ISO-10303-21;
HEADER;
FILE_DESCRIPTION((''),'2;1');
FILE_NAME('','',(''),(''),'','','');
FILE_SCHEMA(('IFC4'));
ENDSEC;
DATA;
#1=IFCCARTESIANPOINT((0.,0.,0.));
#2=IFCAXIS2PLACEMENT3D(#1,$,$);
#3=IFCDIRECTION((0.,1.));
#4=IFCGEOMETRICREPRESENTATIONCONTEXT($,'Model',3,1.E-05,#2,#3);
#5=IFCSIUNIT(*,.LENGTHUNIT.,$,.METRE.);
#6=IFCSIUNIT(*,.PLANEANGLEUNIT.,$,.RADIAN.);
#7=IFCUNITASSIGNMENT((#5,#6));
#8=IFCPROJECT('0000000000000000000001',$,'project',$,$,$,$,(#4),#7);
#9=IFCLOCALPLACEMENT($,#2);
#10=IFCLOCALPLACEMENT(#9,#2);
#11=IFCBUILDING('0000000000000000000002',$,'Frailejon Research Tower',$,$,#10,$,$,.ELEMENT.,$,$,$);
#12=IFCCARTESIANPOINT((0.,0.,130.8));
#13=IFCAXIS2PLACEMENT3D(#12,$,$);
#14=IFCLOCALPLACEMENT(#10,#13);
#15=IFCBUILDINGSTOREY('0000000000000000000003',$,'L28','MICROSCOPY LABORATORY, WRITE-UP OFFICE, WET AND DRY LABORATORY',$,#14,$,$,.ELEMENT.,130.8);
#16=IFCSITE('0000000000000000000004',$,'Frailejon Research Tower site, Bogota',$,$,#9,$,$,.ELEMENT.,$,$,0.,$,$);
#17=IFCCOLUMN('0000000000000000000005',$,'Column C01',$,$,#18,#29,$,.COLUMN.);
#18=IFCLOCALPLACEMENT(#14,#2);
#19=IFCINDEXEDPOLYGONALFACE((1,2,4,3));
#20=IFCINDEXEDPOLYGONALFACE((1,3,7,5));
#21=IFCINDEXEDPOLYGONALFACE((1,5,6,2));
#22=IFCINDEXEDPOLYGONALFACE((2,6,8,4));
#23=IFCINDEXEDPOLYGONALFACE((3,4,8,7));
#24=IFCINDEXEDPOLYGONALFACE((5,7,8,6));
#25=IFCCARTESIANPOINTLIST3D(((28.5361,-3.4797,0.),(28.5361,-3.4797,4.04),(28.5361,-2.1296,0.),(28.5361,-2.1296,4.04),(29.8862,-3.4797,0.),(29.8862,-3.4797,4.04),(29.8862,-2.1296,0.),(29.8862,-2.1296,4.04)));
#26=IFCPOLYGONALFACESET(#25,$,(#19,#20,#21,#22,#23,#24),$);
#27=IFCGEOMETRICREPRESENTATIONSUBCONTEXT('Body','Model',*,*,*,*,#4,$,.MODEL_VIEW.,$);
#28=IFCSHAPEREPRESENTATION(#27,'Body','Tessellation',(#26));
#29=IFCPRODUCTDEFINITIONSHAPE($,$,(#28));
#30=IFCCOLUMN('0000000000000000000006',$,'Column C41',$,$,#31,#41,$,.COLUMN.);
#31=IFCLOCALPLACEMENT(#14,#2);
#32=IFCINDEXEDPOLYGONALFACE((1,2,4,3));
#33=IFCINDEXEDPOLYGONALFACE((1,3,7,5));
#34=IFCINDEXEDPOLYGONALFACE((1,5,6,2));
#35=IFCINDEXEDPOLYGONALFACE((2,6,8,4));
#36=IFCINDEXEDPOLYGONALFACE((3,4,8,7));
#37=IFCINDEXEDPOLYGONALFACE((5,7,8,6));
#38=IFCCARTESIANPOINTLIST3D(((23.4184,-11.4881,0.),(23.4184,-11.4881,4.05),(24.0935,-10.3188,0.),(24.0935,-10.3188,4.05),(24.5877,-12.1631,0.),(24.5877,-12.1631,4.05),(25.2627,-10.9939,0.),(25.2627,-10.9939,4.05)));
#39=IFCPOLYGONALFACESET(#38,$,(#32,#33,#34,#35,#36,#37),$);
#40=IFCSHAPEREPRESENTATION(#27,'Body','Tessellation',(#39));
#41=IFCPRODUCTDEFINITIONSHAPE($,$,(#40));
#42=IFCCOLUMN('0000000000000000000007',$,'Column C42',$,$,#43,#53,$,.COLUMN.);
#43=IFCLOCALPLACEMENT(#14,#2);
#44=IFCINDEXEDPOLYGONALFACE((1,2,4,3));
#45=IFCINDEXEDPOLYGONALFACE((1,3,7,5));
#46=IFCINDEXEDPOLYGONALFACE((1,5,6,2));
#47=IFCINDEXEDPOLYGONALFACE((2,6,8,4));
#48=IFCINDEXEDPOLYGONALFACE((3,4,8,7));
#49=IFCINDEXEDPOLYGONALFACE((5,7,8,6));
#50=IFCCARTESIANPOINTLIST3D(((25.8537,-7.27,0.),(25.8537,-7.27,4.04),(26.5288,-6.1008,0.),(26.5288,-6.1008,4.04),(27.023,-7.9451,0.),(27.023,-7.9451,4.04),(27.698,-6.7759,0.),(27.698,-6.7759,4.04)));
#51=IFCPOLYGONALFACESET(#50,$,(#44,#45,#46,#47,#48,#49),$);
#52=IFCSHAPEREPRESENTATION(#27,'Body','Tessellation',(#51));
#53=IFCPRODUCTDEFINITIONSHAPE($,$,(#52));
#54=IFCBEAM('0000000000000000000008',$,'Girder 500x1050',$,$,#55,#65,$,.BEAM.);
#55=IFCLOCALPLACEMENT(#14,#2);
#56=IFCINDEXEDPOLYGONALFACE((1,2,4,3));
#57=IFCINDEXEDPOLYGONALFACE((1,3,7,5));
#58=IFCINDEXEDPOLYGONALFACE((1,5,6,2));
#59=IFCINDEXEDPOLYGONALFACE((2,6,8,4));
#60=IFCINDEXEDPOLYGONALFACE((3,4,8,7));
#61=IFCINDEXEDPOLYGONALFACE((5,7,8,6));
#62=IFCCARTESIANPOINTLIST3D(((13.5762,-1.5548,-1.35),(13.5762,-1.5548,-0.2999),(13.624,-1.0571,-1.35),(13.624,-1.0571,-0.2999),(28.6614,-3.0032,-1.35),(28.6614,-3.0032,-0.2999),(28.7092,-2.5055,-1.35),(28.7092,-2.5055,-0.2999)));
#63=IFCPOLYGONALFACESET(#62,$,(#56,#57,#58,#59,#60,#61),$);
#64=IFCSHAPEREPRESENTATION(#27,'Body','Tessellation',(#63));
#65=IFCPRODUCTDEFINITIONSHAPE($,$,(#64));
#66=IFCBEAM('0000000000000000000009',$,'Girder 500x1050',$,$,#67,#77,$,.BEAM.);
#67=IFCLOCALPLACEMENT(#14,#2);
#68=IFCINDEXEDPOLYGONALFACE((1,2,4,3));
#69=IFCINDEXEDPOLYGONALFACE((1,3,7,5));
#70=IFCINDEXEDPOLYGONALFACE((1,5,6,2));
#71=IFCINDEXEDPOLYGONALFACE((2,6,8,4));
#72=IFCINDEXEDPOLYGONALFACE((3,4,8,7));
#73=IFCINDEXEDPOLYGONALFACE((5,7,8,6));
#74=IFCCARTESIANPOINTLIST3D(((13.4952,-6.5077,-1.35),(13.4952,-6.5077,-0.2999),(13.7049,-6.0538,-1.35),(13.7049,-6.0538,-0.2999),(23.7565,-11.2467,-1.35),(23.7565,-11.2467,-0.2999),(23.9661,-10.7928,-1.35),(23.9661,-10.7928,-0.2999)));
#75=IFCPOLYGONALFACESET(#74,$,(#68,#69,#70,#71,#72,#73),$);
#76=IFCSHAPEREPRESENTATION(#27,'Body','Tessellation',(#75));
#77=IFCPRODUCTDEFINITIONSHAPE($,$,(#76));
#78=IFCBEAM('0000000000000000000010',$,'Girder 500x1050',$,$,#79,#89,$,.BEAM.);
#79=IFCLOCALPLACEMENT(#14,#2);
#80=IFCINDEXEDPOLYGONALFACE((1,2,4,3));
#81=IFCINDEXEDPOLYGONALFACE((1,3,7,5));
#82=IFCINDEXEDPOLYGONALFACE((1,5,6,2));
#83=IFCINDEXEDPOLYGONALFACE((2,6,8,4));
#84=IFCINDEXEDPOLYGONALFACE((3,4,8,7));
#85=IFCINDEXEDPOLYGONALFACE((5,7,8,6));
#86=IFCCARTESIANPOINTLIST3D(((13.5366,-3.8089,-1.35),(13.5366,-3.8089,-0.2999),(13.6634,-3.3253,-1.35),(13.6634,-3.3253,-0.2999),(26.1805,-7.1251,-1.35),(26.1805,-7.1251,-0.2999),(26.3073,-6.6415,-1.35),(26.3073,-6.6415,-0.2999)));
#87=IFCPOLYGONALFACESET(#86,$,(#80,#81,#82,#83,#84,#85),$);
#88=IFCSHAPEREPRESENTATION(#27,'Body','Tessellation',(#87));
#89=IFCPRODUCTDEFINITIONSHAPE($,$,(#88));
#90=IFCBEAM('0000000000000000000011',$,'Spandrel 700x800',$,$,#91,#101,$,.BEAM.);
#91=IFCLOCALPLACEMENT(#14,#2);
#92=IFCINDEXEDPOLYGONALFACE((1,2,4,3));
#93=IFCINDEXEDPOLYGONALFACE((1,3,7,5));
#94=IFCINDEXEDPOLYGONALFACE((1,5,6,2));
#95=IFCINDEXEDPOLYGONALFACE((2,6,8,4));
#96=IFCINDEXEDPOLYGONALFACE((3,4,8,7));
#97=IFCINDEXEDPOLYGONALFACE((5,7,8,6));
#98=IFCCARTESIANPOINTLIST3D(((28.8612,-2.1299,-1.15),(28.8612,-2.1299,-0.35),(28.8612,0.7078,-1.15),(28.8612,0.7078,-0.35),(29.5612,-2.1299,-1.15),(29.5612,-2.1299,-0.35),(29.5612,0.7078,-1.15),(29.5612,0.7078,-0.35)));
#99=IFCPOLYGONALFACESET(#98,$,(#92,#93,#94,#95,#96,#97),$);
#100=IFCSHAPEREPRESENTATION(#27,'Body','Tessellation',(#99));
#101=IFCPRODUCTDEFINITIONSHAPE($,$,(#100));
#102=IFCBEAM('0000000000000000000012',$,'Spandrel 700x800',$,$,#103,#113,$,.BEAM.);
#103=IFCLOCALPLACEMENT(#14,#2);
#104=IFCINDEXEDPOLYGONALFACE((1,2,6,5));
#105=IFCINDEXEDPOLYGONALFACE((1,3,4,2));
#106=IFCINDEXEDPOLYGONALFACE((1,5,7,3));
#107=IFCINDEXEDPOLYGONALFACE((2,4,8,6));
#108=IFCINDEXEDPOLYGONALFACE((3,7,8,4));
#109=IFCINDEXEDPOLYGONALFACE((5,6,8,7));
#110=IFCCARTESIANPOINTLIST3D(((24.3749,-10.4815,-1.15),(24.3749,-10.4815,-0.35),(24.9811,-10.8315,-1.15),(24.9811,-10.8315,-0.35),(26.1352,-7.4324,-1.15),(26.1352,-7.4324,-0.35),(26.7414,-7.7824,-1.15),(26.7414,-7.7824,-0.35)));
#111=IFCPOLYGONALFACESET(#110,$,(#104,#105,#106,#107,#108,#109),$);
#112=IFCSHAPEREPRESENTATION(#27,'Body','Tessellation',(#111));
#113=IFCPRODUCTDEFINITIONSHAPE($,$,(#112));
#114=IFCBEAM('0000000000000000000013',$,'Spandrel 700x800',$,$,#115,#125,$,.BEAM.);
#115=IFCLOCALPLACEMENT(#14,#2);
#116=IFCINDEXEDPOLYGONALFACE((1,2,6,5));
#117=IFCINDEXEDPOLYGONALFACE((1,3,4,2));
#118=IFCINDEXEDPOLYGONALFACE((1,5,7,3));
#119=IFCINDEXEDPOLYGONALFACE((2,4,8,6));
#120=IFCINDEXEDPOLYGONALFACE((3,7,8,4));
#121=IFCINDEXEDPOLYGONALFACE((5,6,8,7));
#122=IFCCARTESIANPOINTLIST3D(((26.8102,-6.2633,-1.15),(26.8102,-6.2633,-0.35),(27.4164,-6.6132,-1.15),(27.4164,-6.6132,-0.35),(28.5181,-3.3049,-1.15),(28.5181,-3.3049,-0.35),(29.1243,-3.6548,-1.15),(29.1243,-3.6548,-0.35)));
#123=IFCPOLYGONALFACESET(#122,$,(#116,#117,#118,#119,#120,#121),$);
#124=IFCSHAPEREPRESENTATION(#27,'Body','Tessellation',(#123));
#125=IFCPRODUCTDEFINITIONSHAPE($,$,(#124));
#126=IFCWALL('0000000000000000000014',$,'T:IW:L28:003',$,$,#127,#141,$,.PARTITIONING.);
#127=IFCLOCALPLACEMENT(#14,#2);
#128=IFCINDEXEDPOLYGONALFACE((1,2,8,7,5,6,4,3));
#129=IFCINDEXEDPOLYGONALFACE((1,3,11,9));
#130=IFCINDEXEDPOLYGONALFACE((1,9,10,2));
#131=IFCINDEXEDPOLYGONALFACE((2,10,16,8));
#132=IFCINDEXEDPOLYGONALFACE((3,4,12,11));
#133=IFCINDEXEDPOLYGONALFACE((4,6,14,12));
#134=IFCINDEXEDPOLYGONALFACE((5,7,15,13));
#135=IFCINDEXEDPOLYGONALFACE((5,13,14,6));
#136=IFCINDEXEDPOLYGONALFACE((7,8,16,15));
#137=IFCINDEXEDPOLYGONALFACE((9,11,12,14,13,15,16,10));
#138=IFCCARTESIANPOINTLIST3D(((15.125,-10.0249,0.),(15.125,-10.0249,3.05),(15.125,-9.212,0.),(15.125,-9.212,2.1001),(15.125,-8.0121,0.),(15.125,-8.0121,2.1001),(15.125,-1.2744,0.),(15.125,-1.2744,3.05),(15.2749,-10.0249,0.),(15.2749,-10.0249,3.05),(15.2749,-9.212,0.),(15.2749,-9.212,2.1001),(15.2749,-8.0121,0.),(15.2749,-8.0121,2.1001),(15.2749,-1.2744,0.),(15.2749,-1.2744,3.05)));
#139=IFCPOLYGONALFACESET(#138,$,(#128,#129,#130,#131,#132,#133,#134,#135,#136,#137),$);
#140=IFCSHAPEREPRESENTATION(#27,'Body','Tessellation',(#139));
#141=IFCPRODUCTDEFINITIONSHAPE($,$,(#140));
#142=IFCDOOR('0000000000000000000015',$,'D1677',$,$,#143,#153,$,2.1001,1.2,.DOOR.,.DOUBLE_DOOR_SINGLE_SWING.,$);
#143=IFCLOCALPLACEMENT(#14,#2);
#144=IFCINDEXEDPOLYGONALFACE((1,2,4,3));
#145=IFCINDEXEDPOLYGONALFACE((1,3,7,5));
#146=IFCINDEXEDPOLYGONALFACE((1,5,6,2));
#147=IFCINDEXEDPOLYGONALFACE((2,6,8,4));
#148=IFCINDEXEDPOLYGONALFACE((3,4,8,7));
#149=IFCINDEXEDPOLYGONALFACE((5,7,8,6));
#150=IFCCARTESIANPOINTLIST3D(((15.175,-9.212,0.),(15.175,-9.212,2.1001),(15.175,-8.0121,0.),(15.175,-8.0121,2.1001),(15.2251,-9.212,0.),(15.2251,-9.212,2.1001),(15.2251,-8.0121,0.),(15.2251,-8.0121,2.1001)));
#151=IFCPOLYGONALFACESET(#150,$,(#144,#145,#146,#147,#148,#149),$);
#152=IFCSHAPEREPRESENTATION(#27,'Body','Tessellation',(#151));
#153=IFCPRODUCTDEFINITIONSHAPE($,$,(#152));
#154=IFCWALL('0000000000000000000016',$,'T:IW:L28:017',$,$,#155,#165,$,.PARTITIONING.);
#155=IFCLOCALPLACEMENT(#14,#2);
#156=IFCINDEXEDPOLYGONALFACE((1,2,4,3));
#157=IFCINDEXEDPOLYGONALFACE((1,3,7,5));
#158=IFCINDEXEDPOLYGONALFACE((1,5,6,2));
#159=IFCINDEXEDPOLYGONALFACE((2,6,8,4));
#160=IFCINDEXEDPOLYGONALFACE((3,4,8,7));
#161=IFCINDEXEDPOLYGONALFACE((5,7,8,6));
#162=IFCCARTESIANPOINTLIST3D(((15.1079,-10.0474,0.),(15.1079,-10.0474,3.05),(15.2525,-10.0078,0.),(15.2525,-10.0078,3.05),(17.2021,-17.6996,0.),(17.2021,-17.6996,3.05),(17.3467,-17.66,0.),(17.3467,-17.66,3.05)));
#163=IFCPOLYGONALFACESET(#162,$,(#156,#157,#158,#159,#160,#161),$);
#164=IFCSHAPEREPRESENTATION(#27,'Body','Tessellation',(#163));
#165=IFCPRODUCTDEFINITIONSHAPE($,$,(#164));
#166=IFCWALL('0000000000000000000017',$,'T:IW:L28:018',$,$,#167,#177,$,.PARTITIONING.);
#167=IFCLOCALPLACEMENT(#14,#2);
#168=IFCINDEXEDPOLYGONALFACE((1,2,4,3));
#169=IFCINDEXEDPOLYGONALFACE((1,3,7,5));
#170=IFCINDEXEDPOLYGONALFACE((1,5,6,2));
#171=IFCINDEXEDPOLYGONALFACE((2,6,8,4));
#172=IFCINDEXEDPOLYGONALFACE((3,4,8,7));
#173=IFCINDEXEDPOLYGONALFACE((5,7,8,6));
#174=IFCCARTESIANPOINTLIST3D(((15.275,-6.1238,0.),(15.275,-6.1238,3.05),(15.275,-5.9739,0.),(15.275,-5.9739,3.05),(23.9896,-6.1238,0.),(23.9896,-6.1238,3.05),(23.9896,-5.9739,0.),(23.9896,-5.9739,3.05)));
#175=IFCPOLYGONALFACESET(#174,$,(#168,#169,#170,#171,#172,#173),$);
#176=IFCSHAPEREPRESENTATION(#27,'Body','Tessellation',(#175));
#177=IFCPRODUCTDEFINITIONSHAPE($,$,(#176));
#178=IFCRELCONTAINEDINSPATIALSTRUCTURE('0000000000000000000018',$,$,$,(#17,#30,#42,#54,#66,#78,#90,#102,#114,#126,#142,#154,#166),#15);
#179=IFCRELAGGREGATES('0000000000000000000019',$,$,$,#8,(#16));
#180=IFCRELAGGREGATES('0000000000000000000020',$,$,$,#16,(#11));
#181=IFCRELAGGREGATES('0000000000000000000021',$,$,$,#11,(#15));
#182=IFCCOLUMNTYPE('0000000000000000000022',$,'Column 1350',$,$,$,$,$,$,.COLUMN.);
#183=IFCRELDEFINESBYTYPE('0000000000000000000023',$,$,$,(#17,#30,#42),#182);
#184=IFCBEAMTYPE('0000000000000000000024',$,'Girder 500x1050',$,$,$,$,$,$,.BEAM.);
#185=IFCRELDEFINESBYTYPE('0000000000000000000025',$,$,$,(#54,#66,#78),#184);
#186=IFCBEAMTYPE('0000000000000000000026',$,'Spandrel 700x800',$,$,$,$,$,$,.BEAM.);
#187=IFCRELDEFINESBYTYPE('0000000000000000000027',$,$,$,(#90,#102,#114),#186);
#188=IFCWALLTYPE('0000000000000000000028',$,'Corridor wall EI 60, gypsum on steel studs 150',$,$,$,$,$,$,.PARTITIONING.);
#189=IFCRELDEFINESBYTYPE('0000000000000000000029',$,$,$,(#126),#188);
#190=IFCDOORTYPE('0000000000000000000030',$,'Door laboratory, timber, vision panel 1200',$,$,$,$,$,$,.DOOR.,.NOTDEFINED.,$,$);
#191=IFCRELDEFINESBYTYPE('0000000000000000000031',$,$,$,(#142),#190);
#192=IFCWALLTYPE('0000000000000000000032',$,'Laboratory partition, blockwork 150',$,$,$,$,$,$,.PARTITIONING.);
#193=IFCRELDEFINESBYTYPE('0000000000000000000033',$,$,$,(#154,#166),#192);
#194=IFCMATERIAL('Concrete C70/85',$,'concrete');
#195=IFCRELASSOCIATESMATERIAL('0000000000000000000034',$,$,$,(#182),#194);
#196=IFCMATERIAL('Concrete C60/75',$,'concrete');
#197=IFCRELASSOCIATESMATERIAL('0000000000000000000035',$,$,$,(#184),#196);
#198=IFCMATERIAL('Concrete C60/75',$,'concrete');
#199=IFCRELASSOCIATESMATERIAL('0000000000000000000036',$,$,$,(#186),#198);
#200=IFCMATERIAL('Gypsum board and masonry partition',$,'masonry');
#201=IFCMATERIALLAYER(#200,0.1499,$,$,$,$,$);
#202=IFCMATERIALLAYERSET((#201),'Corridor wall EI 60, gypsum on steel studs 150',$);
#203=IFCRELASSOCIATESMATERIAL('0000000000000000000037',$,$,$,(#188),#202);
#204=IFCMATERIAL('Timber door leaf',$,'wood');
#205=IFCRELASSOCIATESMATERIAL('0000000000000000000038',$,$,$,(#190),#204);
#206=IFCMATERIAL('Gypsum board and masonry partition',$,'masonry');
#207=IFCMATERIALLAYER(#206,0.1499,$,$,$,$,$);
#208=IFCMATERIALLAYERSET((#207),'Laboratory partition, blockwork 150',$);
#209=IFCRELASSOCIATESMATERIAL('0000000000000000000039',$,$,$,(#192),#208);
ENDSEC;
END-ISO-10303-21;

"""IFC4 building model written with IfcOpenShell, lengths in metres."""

from ifc_helpers import new_model, si_unit, direction, frame, frame_2d, origin, origin_2d, place, context, subcontext, project, spatial, rectangle, extrude, material, layer, layer_set, material_profile, profile_set, type_object, element, fill, save


model = new_model("IFC4")

# Units and contexts
model_context = context("Model", 3, precision=1e-05, world=origin(), true_north=direction((0.0, 1.0)))
body_context = subcontext(model_context, "Body", "Model", "MODEL_VIEW")
ifc_project = project(units=[si_unit("LENGTHUNIT", "METRE"), si_unit("PLANEANGLEUNIT", "RADIAN")], contexts=[model_context])

# Site, building, storey
site_placement = place(None, origin())
site = spatial("IfcSite", under=ifc_project, at=site_placement, Name="Frailejon Research Tower site, Bogota", CompositionType="ELEMENT", RefElevation=0.0)
building_placement = place(site_placement, origin())
building = spatial("IfcBuilding", under=site, at=building_placement, Name="Frailejon Research Tower", CompositionType="ELEMENT")
storey_placement = place(building_placement, frame((0.0, 0.0, 130.8)))
storey = spatial("IfcBuildingStorey", under=building, at=storey_placement, Name="L28", Description="MICROSCOPY LABORATORY, WRITE-UP OFFICE, WET AND DRY LABORATORY", CompositionType="ELEMENT", Elevation=130.8)

# Columns
ifc_material_1 = material(Name="Concrete C70/85", Category="concrete")
ifc_material_profile_1 = material_profile(ifc_material_1, rectangle(XDim=1.3501, YDim=1.3501, at=origin_2d()), Name="Column 1350")
ifc_profile_set_1 = profile_set([ifc_material_profile_1], Name="Concrete C70/85")
column_type = type_object("IfcColumnType", Name="Column 1350", PredefinedType="COLUMN", material=ifc_profile_set_1)
column_1_placement = place(storey_placement, frame((29.2112, -2.8047, 0.0), z_axis=(0.0, 0.0, 1.0), x_axis=(0.0, 1.0, 0.0)))
element("IfcColumn", 1, at=column_1_placement, inside=storey, type_object=column_type, Name="Column C01", PredefinedType="COLUMN", context=body_context, shape_type="SweptSolid", body=[
    extrude(rectangle(XDim=1.3501, YDim=1.3501, at=origin_2d()), origin(), (0.0, 0.0, 1.0), 4.04),
])
column_2_placement = place(storey_placement, frame((24.3406, -11.241, 0.0), z_axis=(0.0, 0.0, 1.0), x_axis=(0.5, 0.866025, 0.0)))
element("IfcColumn", 2, at=column_2_placement, inside=storey, type_object=column_type, Name="Column C41", PredefinedType="COLUMN", context=body_context, shape_type="SweptSolid", body=[
    extrude(rectangle(XDim=1.3501, YDim=1.3501, at=origin_2d()), origin(), (0.0, 0.0, 1.0), 4.05),
])
column_3_placement = place(storey_placement, frame((26.7759, -7.0229, 0.0), z_axis=(0.0, 0.0, 1.0), x_axis=(0.5, 0.866025, 0.0)))
element("IfcColumn", 3, at=column_3_placement, inside=storey, type_object=column_type, Name="Column C42", PredefinedType="COLUMN", context=body_context, shape_type="SweptSolid", body=[
    extrude(rectangle(XDim=1.3501, YDim=1.3501, at=origin_2d()), origin(), (0.0, 0.0, 1.0), 4.04),
])

# Beams
ifc_material_2 = material(Name="Concrete C60/75", Category="concrete")
ifc_material_profile_2 = material_profile(ifc_material_2, rectangle(XDim=0.5, YDim=1.05, at=origin_2d()), Name="Girder 500x1050")
ifc_profile_set_2 = profile_set([ifc_material_profile_2], Name="Concrete C60/75")
beam_type_1 = type_object("IfcBeamType", Name="Girder 500x1050", PredefinedType="BEAM", material=ifc_profile_set_2)
beam_1_placement = place(storey_placement, frame((28.6853, -2.7544, -0.825), z_axis=(-0.995422, 0.095581, 0.0), x_axis=(-0.095581, -0.995422, 0.0)))
element("IfcBeam", 4, at=beam_1_placement, inside=storey, type_object=beam_type_1, Name="Girder 500x1050", PredefinedType="BEAM", context=body_context, shape_type="SweptSolid", body=[
    extrude(rectangle(XDim=0.5, YDim=1.05, at=origin_2d()), origin(), (0.0, 0.0, 1.0), 15.1545),
])
beam_2_placement = place(storey_placement, frame((23.8613, -11.0198, -0.825), z_axis=(-0.907856, 0.419281, 0.0), x_axis=(-0.419281, -0.907856, 0.0)))
element("IfcBeam", 5, at=beam_2_placement, inside=storey, type_object=beam_type_1, Name="Girder 500x1050", PredefinedType="BEAM", context=body_context, shape_type="SweptSolid", body=[
    extrude(rectangle(XDim=0.5, YDim=1.05, at=origin_2d()), origin(), (0.0, 0.0, 1.0), 11.3027),
])
beam_3_placement = place(storey_placement, frame((26.2439, -6.8833, -0.825), z_axis=(-0.967284, 0.253695, 0.0), x_axis=(-0.253695, -0.967284, 0.0)))
element("IfcBeam", 6, at=beam_3_placement, inside=storey, type_object=beam_type_1, Name="Girder 500x1050", PredefinedType="BEAM", context=body_context, shape_type="SweptSolid", body=[
    extrude(rectangle(XDim=0.5, YDim=1.05, at=origin_2d()), origin(), (0.0, 0.0, 1.0), 13.0715),
])
ifc_material_3 = material(Name="Concrete C60/75", Category="concrete")
ifc_material_profile_3 = material_profile(ifc_material_3, rectangle(XDim=0.7, YDim=0.8, at=origin_2d()), Name="Spandrel 700x800")
ifc_profile_set_3 = profile_set([ifc_material_profile_3], Name="Concrete C60/75")
beam_type_2 = type_object("IfcBeamType", Name="Spandrel 700x800", PredefinedType="BEAM", material=ifc_profile_set_3)
beam_4_placement = place(storey_placement, frame((29.2112, -2.1299, -0.75), z_axis=(0.0, 1.0, 0.0), x_axis=(-1.0, 0.0, 0.0)))
element("IfcBeam", 7, at=beam_4_placement, inside=storey, type_object=beam_type_2, Name="Spandrel 700x800", PredefinedType="BEAM", context=body_context, shape_type="SweptSolid", body=[
    extrude(rectangle(XDim=0.7, YDim=0.8, at=origin_2d()), origin(), (0.0, 0.0, 1.0), 2.8376),
])
beam_5_placement = place(storey_placement, frame((24.678, -10.6565, -0.75), z_axis=(0.499973, 0.866041, 0.0), x_axis=(-0.866041, 0.499973, 0.0)))
element("IfcBeam", 8, at=beam_5_placement, inside=storey, type_object=beam_type_2, Name="Spandrel 700x800", PredefinedType="BEAM", context=body_context, shape_type="SweptSolid", body=[
    extrude(rectangle(XDim=0.7, YDim=0.8, at=origin_2d()), origin(), (0.0, 0.0, 1.0), 3.5208),
])
beam_6_placement = place(storey_placement, frame((27.1133, -6.4382, -0.75), z_axis=(0.499982, 0.866036, 0.0), x_axis=(-0.866036, 0.499982, 0.0)))
element("IfcBeam", 9, at=beam_6_placement, inside=storey, type_object=beam_type_2, Name="Spandrel 700x800", PredefinedType="BEAM", context=body_context, shape_type="SweptSolid", body=[
    extrude(rectangle(XDim=0.7, YDim=0.8, at=origin_2d()), origin(), (0.0, 0.0, 1.0), 3.416),
])

# Wall, opening, door
ifc_material_4 = material(Name="Gypsum board and masonry partition", Category="masonry")
ifc_layer_1 = layer(ifc_material_4, 0.1499)
ifc_layer_set_1 = layer_set([ifc_layer_1], Name="Corridor wall EI 60, gypsum on steel studs 150")
wall_type_1 = type_object("IfcWallType", Name="Corridor wall EI 60, gypsum on steel studs 150", PredefinedType="PARTITIONING", material=ifc_layer_set_1)
wall_1_placement = place(storey_placement, frame((15.2, -10.0249, 0.0), z_axis=(0.0, 0.0, 1.0), x_axis=(0.0, 1.0, 0.0)))
wall_1 = element("IfcWall", 10, at=wall_1_placement, inside=storey, type_object=wall_type_1, Name="T:IW:L28:003", PredefinedType="PARTITIONING", context=body_context, shape_type="SweptSolid", body=[
    extrude(rectangle(XDim=8.7505, YDim=0.1499, at=frame_2d((4.3752, 0.0))), origin(), (0.0, 0.0, 1.0), 3.05),
])
opening_1_placement = place(wall_1_placement, frame((0.8127, 0.0, 0.0)))
opening_1 = element("IfcOpeningElement", 11, at=opening_1_placement, cuts=wall_1, PredefinedType="OPENING", context=body_context, shape_type="SweptSolid", body=[
    extrude(rectangle(XDim=1.2, YDim=2.1001, at=frame_2d((0.6001, 1.05))), frame((0.0, 0.085, 0.0), z_axis=(0.0, -1.0, 0.0), x_axis=(1.0, 0.0, 0.0)), (0.0, 0.0, 1.0), 0.1699),
])
ifc_material_5 = material(Name="Timber door leaf", Category="wood")
door_type = type_object("IfcDoorType", Name="Door laboratory, timber, vision panel 1200", OperationType="NOTDEFINED", PredefinedType="DOOR", material=ifc_material_5)
door_placement = place(opening_1_placement, origin())
door = element("IfcDoor", 12, at=door_placement, inside=storey, type_object=door_type, Name="D1677", OperationType="DOUBLE_DOOR_SINGLE_SWING", OverallHeight=2.1001, OverallWidth=1.2, PredefinedType="DOOR", context=body_context, shape_type="SweptSolid", body=[
    extrude(rectangle(XDim=1.2, YDim=2.1001, at=frame_2d((0.6001, 1.05))), frame((0.0, 0.0249, 0.0), z_axis=(0.0, -1.0, 0.0), x_axis=(1.0, 0.0, 0.0)), (0.0, 0.0, 1.0), 0.05),
])
fill(opening_1, door)

# Walls
ifc_material_6 = material(Name="Gypsum board and masonry partition", Category="masonry")
ifc_layer_2 = layer(ifc_material_6, 0.1499)
ifc_layer_set_2 = layer_set([ifc_layer_2], Name="Laboratory partition, blockwork 150")
wall_type_2 = type_object("IfcWallType", Name="Laboratory partition, blockwork 150", PredefinedType="PARTITIONING", material=ifc_layer_set_2)
wall_2_placement = place(storey_placement, frame((15.1802, -10.0276, 0.0), z_axis=(0.0, 0.0, 1.0), x_axis=(0.263974, -0.96453, 0.0)))
element("IfcWall", 13, at=wall_2_placement, inside=storey, type_object=wall_type_2, Name="T:IW:L28:017", PredefinedType="PARTITIONING", context=body_context, shape_type="SweptSolid", body=[
    extrude(rectangle(XDim=7.9336, YDim=0.1499, at=frame_2d((3.9668, 0.0))), origin(), (0.0, 0.0, 1.0), 3.05),
])
wall_3_placement = place(storey_placement, frame((15.2749, -6.0488, 0.0), z_axis=(0.0, 0.0, 1.0), x_axis=(1.0, 0.0, 0.0)))
element("IfcWall", 14, at=wall_3_placement, inside=storey, type_object=wall_type_2, Name="T:IW:L28:018", PredefinedType="PARTITIONING", context=body_context, shape_type="SweptSolid", body=[
    extrude(rectangle(XDim=8.7146, YDim=0.1499, at=frame_2d((4.3574, 0.0))), origin(), (0.0, 0.0, 1.0), 3.05),
])

save(model, "model.ifc")
